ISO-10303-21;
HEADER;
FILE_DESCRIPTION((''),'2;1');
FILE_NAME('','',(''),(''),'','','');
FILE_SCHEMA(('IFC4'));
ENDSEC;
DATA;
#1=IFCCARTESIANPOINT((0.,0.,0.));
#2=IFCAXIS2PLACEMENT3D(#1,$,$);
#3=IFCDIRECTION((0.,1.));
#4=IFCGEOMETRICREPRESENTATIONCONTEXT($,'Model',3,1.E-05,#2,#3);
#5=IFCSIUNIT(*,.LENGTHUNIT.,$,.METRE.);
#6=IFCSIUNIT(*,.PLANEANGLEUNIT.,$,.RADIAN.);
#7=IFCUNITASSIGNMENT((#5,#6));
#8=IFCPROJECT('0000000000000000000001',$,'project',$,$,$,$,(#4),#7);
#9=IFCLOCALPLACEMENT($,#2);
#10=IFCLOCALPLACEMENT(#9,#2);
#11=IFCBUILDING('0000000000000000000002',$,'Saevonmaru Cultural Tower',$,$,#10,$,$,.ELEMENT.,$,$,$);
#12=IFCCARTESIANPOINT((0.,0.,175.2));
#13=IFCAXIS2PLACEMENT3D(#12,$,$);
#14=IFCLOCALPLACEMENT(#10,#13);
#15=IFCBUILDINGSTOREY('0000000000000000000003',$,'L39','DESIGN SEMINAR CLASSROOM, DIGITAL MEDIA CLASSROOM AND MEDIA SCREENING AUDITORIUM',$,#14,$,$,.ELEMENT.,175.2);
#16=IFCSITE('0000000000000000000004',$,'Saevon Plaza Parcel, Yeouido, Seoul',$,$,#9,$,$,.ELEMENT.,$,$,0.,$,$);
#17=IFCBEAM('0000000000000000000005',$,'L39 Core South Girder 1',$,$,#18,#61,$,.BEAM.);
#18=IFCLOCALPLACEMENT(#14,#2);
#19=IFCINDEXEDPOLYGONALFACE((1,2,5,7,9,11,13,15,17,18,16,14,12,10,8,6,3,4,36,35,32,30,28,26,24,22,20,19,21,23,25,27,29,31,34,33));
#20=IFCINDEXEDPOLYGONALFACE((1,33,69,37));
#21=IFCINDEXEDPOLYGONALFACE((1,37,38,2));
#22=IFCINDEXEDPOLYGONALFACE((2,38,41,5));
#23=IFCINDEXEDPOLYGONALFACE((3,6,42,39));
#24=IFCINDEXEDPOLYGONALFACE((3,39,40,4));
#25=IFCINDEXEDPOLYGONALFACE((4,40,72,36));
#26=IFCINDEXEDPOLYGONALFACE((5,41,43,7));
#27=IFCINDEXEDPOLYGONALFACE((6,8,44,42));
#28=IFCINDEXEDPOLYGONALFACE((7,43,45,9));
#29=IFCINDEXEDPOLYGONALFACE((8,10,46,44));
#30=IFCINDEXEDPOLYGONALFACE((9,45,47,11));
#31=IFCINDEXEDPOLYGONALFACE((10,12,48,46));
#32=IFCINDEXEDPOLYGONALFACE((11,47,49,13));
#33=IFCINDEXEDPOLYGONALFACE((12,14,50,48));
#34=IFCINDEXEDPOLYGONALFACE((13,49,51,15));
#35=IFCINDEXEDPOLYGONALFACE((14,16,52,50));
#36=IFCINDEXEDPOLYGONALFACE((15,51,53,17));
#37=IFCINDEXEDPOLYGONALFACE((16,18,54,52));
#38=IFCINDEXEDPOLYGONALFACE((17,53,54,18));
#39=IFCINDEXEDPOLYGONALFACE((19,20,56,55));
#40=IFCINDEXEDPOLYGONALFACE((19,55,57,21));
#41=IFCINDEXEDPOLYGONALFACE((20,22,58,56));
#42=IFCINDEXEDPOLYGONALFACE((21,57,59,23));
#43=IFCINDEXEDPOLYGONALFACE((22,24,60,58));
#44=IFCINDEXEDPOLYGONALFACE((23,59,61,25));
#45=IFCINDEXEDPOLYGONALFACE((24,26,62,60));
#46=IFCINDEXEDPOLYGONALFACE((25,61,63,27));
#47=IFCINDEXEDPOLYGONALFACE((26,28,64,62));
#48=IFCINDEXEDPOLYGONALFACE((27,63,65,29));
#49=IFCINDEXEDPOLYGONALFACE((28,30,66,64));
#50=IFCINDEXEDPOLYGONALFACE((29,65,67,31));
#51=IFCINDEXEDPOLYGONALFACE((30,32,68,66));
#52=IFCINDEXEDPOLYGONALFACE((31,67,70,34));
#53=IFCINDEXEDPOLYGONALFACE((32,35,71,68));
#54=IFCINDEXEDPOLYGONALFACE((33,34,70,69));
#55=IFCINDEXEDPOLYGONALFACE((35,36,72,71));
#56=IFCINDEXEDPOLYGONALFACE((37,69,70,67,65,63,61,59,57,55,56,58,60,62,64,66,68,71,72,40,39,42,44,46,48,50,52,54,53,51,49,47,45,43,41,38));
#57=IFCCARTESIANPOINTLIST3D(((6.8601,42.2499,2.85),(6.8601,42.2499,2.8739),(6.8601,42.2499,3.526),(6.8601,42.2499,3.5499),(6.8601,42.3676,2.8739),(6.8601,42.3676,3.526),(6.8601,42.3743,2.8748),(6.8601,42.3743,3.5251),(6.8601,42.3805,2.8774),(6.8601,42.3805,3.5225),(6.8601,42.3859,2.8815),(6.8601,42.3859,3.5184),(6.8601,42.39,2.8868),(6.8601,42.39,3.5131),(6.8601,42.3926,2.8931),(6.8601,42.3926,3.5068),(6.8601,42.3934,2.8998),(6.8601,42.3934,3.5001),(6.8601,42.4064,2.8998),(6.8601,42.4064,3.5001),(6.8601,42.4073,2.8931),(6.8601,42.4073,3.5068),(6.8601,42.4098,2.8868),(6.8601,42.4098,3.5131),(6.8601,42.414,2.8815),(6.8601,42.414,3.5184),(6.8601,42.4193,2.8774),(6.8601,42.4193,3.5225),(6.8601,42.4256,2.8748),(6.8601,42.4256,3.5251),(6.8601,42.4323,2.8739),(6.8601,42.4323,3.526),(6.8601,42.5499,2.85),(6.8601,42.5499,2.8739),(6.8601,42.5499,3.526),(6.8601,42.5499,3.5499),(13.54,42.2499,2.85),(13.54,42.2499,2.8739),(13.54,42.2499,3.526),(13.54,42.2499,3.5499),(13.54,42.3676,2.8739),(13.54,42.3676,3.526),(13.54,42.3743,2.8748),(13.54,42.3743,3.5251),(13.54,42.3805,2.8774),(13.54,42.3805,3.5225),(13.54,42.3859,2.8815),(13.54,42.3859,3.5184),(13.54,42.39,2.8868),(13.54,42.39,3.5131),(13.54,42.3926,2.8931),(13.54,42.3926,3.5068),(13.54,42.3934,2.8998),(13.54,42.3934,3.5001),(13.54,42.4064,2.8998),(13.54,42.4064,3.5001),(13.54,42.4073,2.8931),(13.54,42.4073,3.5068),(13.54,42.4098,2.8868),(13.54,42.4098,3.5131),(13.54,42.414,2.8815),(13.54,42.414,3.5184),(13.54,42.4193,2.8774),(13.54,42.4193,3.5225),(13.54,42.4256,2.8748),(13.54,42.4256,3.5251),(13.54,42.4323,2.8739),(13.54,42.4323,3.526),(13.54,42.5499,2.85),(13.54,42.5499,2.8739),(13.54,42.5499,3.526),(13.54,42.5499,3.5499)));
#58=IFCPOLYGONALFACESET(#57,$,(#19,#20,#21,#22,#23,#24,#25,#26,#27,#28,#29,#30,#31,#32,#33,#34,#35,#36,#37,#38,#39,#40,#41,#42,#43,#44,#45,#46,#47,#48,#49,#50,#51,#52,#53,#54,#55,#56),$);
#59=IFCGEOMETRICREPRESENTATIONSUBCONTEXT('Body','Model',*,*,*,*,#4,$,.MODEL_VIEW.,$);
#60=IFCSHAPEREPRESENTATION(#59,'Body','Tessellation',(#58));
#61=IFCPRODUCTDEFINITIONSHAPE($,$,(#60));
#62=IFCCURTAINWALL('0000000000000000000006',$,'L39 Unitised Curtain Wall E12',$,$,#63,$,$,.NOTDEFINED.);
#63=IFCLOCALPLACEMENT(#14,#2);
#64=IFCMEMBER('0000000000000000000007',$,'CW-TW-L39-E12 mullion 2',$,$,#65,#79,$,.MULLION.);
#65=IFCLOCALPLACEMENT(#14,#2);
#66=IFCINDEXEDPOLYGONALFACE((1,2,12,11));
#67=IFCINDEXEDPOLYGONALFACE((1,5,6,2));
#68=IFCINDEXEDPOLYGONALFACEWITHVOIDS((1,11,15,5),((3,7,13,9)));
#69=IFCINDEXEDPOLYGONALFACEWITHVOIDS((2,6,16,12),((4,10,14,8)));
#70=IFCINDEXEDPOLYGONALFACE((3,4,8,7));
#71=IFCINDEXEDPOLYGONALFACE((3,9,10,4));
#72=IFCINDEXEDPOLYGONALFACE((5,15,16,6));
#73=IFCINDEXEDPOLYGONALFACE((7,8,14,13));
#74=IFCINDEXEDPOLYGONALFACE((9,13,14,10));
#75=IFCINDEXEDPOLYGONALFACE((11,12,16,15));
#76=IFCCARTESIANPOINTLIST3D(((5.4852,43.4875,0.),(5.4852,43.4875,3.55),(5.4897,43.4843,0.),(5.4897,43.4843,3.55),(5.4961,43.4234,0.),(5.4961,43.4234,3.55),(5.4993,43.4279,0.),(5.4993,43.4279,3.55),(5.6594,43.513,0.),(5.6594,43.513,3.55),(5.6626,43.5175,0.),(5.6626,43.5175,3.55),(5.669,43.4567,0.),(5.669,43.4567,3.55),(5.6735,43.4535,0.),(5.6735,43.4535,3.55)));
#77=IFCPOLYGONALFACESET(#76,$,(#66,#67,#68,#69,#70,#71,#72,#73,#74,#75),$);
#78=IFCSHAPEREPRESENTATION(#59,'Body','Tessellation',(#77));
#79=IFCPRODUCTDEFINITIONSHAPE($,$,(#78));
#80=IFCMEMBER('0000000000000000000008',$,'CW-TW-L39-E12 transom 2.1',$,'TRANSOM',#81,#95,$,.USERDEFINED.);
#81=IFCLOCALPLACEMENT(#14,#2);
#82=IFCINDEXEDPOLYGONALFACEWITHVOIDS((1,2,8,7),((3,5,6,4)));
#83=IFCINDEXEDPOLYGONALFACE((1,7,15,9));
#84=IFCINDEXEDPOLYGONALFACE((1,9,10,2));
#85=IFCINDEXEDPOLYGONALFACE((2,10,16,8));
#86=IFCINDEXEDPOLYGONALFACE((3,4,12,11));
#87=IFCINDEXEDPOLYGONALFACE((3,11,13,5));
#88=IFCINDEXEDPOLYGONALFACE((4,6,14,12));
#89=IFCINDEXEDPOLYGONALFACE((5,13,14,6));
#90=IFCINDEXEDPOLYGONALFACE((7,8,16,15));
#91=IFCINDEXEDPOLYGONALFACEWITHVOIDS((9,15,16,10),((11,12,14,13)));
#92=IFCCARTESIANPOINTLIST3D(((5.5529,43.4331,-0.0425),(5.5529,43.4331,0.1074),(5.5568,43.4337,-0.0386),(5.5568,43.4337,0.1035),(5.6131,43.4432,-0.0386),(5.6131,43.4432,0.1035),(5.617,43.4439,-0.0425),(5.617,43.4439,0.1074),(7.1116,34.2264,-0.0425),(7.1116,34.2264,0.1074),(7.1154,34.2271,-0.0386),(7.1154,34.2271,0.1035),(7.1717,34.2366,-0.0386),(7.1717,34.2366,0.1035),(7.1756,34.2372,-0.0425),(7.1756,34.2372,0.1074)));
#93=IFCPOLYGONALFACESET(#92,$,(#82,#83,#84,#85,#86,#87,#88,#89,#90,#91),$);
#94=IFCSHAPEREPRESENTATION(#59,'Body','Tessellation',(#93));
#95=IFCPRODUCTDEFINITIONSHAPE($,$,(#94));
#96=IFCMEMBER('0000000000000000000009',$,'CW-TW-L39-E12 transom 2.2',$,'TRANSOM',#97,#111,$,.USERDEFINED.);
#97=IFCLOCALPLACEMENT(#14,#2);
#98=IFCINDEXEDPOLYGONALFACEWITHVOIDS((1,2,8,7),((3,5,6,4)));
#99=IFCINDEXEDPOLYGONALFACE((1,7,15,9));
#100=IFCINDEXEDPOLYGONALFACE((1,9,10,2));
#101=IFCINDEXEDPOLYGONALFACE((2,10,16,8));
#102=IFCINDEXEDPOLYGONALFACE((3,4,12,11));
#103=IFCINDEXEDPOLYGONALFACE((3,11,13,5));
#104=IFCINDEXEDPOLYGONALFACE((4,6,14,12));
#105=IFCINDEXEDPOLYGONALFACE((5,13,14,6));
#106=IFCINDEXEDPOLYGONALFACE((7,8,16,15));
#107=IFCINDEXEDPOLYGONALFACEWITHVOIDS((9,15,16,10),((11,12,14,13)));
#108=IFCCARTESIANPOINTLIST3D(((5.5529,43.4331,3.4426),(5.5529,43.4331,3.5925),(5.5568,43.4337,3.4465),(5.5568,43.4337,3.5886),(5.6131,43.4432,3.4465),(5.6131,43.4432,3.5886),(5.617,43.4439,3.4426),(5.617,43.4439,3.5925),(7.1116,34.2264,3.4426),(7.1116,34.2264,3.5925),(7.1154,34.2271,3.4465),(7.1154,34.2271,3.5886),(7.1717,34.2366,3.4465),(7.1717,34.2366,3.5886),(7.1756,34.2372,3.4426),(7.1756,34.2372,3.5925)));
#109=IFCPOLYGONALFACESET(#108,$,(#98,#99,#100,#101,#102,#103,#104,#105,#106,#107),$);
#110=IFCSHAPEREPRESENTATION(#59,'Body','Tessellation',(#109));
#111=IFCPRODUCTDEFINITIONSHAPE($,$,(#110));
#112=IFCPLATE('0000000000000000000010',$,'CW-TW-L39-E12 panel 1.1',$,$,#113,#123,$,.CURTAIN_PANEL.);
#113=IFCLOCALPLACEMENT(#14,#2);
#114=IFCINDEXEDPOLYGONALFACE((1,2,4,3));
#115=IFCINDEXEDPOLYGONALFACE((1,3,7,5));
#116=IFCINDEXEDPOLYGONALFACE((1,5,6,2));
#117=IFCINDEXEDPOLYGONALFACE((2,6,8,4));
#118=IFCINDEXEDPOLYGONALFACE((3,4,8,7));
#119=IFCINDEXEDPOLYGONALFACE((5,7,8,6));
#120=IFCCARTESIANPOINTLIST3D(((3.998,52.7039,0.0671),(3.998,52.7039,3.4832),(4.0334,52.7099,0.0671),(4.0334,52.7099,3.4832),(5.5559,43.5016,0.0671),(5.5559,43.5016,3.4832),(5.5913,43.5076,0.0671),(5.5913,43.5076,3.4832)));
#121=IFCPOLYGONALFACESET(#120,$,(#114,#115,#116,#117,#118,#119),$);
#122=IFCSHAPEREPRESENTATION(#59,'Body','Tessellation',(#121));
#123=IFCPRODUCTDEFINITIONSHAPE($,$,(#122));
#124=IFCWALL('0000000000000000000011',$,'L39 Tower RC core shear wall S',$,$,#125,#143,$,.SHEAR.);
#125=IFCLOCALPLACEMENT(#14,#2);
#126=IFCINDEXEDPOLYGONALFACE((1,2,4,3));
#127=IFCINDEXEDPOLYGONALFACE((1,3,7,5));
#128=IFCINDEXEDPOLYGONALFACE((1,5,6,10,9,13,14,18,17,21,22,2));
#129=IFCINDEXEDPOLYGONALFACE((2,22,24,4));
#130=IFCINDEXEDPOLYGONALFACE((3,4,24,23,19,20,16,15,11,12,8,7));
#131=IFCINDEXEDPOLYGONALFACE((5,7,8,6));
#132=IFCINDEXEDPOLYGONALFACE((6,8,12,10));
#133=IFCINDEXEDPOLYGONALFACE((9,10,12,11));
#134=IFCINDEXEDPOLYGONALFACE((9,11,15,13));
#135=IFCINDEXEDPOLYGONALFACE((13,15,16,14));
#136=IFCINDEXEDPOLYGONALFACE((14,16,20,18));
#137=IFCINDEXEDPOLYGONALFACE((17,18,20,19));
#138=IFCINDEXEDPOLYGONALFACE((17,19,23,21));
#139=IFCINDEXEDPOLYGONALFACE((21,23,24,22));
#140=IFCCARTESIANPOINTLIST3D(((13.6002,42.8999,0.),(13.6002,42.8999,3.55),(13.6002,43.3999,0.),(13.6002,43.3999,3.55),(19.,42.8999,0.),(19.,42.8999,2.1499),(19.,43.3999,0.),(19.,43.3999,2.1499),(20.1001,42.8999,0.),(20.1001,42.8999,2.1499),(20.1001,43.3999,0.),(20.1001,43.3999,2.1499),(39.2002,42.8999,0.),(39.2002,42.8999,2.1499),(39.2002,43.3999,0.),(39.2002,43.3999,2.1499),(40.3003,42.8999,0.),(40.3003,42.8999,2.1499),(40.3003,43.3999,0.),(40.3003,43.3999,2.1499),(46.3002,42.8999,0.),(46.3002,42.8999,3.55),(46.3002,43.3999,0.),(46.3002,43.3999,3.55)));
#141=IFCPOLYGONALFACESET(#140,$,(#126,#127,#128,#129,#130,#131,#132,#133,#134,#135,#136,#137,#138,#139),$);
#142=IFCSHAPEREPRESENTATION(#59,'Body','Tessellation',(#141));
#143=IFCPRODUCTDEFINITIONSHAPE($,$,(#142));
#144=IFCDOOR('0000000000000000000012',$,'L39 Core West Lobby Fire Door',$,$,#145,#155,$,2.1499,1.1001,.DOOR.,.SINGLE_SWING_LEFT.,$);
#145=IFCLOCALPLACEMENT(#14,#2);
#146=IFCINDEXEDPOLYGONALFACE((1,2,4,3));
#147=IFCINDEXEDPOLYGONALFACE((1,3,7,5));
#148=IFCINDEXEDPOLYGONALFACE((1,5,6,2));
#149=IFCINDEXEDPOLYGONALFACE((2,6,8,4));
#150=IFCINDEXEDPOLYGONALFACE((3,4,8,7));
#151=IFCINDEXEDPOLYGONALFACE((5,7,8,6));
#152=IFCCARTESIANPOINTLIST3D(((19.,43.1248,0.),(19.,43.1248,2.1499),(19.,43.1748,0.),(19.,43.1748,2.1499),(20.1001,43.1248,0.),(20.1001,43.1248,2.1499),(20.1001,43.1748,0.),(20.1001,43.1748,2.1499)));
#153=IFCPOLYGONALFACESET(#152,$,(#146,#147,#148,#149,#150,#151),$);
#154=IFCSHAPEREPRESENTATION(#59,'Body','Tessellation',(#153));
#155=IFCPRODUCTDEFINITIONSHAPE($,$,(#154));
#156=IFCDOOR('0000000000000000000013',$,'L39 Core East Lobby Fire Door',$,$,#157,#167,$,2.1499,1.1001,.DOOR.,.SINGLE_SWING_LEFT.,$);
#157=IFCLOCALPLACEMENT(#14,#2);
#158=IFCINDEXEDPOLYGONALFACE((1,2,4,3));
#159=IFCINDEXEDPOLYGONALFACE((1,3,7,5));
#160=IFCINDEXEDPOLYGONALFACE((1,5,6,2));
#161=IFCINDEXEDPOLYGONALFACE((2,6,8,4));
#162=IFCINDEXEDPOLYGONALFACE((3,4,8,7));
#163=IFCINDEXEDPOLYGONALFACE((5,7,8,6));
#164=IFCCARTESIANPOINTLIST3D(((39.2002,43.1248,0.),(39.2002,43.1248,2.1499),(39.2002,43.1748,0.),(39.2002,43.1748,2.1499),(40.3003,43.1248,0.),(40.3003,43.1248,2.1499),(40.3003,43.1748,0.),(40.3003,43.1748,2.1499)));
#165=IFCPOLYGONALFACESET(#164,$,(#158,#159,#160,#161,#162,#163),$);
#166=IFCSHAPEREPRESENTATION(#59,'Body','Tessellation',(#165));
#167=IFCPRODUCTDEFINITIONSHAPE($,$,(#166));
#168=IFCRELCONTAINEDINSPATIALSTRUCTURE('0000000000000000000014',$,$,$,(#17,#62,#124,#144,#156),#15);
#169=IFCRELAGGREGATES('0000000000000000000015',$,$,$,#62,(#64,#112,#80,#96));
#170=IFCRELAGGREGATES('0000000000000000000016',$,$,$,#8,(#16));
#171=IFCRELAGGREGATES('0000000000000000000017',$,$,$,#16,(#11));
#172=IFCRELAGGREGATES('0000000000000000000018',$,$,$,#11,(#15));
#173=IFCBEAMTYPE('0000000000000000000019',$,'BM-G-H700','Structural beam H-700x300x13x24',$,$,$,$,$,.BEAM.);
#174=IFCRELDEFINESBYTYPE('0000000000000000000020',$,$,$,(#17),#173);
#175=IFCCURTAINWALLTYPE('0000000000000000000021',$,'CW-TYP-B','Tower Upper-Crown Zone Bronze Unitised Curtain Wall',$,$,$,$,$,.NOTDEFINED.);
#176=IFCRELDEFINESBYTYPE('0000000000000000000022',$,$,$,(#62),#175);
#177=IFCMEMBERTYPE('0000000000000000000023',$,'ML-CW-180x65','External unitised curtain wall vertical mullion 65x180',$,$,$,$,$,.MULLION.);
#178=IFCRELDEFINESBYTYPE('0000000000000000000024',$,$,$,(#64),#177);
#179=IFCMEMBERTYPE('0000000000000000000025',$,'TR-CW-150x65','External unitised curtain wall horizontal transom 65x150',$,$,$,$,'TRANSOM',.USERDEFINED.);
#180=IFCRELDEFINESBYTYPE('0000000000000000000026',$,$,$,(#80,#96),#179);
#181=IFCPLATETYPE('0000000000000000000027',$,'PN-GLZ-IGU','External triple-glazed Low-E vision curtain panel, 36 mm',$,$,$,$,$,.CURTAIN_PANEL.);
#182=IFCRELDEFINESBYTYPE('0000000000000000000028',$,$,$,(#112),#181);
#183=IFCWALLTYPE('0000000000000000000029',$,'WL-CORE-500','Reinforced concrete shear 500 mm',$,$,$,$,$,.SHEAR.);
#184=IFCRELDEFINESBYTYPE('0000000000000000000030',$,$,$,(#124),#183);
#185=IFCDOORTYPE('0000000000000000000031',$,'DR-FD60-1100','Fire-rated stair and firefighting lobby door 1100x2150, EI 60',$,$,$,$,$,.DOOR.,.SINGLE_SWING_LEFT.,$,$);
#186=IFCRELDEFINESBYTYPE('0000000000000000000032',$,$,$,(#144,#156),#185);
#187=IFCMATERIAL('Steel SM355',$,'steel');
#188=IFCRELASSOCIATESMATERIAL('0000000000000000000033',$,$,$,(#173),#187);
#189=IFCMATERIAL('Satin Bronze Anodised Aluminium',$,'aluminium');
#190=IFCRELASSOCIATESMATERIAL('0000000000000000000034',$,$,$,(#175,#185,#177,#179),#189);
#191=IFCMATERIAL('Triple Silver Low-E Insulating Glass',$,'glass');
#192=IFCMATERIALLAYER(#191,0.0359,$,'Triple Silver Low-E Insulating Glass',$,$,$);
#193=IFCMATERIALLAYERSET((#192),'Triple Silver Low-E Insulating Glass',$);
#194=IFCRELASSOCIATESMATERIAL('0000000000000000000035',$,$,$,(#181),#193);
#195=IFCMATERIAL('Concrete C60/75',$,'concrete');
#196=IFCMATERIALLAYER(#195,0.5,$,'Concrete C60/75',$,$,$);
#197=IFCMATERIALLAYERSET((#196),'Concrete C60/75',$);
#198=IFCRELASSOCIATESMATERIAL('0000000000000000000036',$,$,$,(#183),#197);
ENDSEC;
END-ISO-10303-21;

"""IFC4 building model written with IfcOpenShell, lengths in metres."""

from ifc_helpers import new_model, si_unit, direction, frame, frame_2d, origin, origin_2d, place, context, subcontext, project, spatial, rectangle, hollow_rectangle, i_section, extrude, material, layer, layer_set, material_profile, profile_set, type_object, element, fill, aggregate, save


model = new_model("IFC4")

# Units and contexts
model_context = context("Model", 3, precision=1e-05, world=origin(), true_north=direction((0.0, 1.0)))
body_context = subcontext(model_context, "Body", "Model", "MODEL_VIEW")
ifc_project = project(units=[si_unit("LENGTHUNIT", "METRE"), si_unit("PLANEANGLEUNIT", "RADIAN")], contexts=[model_context])

# Site, building, storey
site_placement = place(None, origin())
site = spatial("IfcSite", under=ifc_project, at=site_placement, Name="Saevon Plaza Parcel, Yeouido, Seoul", CompositionType="ELEMENT", RefElevation=0.0)
building_placement = place(site_placement, origin())
building = spatial("IfcBuilding", under=site, at=building_placement, Name="Saevonmaru Cultural Tower", CompositionType="ELEMENT")
storey_placement = place(building_placement, frame((0.0, 0.0, 175.2)))
storey = spatial("IfcBuildingStorey", under=building, at=storey_placement, Name="L39", Description="DESIGN SEMINAR CLASSROOM, DIGITAL MEDIA CLASSROOM AND MEDIA SCREENING AUDITORIUM", CompositionType="ELEMENT", Elevation=175.2)

# Beam
ifc_material_1 = material(Name="Steel SM355", Category="steel")
ifc_material_profile_1 = material_profile(ifc_material_1, i_section(OverallWidth=0.3, OverallDepth=0.7, WebThickness=0.0129, FlangeThickness=0.0239, FilletRadius=0.0259, at=origin_2d()), Name="H-700x300x13x24")
ifc_profile_set_1 = profile_set([ifc_material_profile_1], Name="Steel SM355")
beam_type = type_object("IfcBeamType", Name="BM-G-H700", Description="Structural beam H-700x300x13x24", PredefinedType="BEAM", material=ifc_profile_set_1)
beam_placement = place(storey_placement, frame((6.8601, 42.3999, 3.2), z_axis=(1.0, 0.0, 0.0), x_axis=(0.0, 1.0, 0.0)))
element("IfcBeam", 1, at=beam_placement, inside=storey, type_object=beam_type, Name="L39 Core South Girder 1", PredefinedType="BEAM", context=body_context, shape_type="SweptSolid", body=[
    extrude(i_section(OverallWidth=0.3, OverallDepth=0.7, WebThickness=0.0129, FlangeThickness=0.0239, FilletRadius=0.0259, at=origin_2d()), origin(), (0.0, 0.0, 1.0), 6.6799),
])

# Curtain wall, members, plate
ifc_material_2 = material(Name="Satin Bronze Anodised Aluminium", Category="aluminium")
curtain_wall_type = type_object("IfcCurtainWallType", Name="CW-TYP-B", Description="Tower Upper-Crown Zone Bronze Unitised Curtain Wall", PredefinedType="NOTDEFINED", material=ifc_material_2)
curtain_wall_placement = place(storey_placement, origin())
curtain_wall = element("IfcCurtainWall", 2, at=curtain_wall_placement, inside=storey, type_object=curtain_wall_type, Name="L39 Unitised Curtain Wall E12", PredefinedType="NOTDEFINED")
ifc_material_profile_2 = material_profile(ifc_material_2, hollow_rectangle(XDim=0.0649, YDim=0.1799, WallThickness=0.0039, at=origin_2d()), Name="ALU-MULL-180x65x4")
ifc_profile_set_2 = profile_set([ifc_material_profile_2], Name="Satin Bronze Anodised Aluminium")
member_type_1 = type_object("IfcMemberType", Name="ML-CW-180x65", Description="External unitised curtain wall vertical mullion 65x180", PredefinedType="MULLION", material=ifc_profile_set_2)
member_1_placement = place(storey_placement, frame((5.5793, 43.4705, 0.0), z_axis=(0.0, 0.0, 1.0), x_axis=(0.166922, -0.98597, 0.0)))
member_1 = element("IfcMember", 3, at=member_1_placement, type_object=member_type_1, Name="CW-TW-L39-E12 mullion 2", PredefinedType="MULLION", context=body_context, shape_type="SweptSolid", body=[
    extrude(hollow_rectangle(XDim=0.0649, YDim=0.1799, WallThickness=0.0039, at=origin_2d()), origin(), (0.0, 0.0, 1.0), 3.55),
])
ifc_material_profile_3 = material_profile(ifc_material_2, hollow_rectangle(XDim=0.0649, YDim=0.1499, WallThickness=0.0039, at=origin_2d()), Name="ALU-TRAN-150x65x4")
ifc_profile_set_3 = profile_set([ifc_material_profile_3], Name="Satin Bronze Anodised Aluminium")
member_type_2 = type_object("IfcMemberType", Name="TR-CW-150x65", Description="External unitised curtain wall horizontal transom 65x150", ElementType="TRANSOM", PredefinedType="USERDEFINED", material=ifc_profile_set_3)
member_2_placement = place(storey_placement, frame((5.585, 43.4385, 0.0325), z_axis=(0.166917, -0.985971, 0.0), x_axis=(0.985971, 0.166917, 0.0)))
member_2 = element("IfcMember", 4, at=member_2_placement, type_object=member_type_2, Name="CW-TW-L39-E12 transom 2.1", ObjectType="TRANSOM", PredefinedType="USERDEFINED", context=body_context, shape_type="SweptSolid", body=[
    extrude(hollow_rectangle(XDim=0.0649, YDim=0.1499, WallThickness=0.0039, at=origin_2d()), origin(), (0.0, 0.0, 1.0), 9.3376),
])
member_3_placement = place(storey_placement, frame((5.585, 43.4385, 3.5176), z_axis=(0.166917, -0.985971, 0.0), x_axis=(0.985971, 0.166917, 0.0)))
member_3 = element("IfcMember", 5, at=member_3_placement, type_object=member_type_2, Name="CW-TW-L39-E12 transom 2.2", ObjectType="TRANSOM", PredefinedType="USERDEFINED", context=body_context, shape_type="SweptSolid", body=[
    extrude(hollow_rectangle(XDim=0.0649, YDim=0.1499, WallThickness=0.0039, at=origin_2d()), origin(), (0.0, 0.0, 1.0), 9.3376),
])
ifc_material_3 = material(Name="Triple Silver Low-E Insulating Glass", Category="glass")
ifc_layer_1 = layer(ifc_material_3, 0.0359, Name="Triple Silver Low-E Insulating Glass")
ifc_layer_set_1 = layer_set([ifc_layer_1], Name="Triple Silver Low-E Insulating Glass")
plate_type = type_object("IfcPlateType", Name="PN-GLZ-IGU", Description="External triple-glazed Low-E vision curtain panel, 36 mm", PredefinedType="CURTAIN_PANEL", material=ifc_layer_set_1)
plate_placement = place(storey_placement, frame((4.7947, 48.1057, 0.0671), z_axis=(0.0, 0.0, 1.0), x_axis=(0.166922, -0.98597, 0.0)))
plate = element("IfcPlate", 6, at=plate_placement, type_object=plate_type, Name="CW-TW-L39-E12 panel 1.1", PredefinedType="CURTAIN_PANEL", context=body_context, shape_type="SweptSolid", body=[
    extrude(rectangle(XDim=9.3333, YDim=0.0359, at=origin_2d()), origin(), (0.0, 0.0, 1.0), 3.416),
])
aggregate(curtain_wall, [member_1, plate, member_2, member_3])

# Wall, openings, doors
ifc_material_4 = material(Name="Concrete C60/75", Category="concrete")
ifc_layer_2 = layer(ifc_material_4, 0.5, Name="Concrete C60/75")
ifc_layer_set_2 = layer_set([ifc_layer_2], Name="Concrete C60/75")
wall_type_1 = type_object("IfcWallType", Name="WL-CORE-500", Description="Reinforced concrete shear 500 mm", PredefinedType="SHEAR", material=ifc_layer_set_2)
wall_1_placement = place(storey_placement, frame((13.6001, 43.1499, 0.0), z_axis=(0.0, 0.0, 1.0), x_axis=(1.0, 0.0, 0.0)))
wall_1 = element("IfcWall", 7, at=wall_1_placement, inside=storey, type_object=wall_type_1, Name="L39 Tower RC core shear wall S", PredefinedType="SHEAR", context=body_context, shape_type="SweptSolid", body=[
    extrude(rectangle(XDim=32.7, YDim=0.5, at=frame_2d((16.3501, 0.0))), origin(), (0.0, 0.0, 1.0), 3.55),
])
opening_1_placement = place(wall_1_placement, frame((5.3999, 0.0, 0.0)))
opening_1 = element("IfcOpeningElement", 8, at=opening_1_placement, cuts=wall_1, PredefinedType="OPENING", context=body_context, shape_type="SweptSolid", body=[
    extrude(rectangle(XDim=1.1001, YDim=2.1499, at=frame_2d((0.55, 1.075))), frame((0.0, 0.26, 0.0), z_axis=(0.0, -1.0, 0.0), x_axis=(1.0, 0.0, 0.0)), (0.0, 0.0, 1.0), 0.52),
])
opening_2_placement = place(wall_1_placement, frame((25.6001, 0.0, 0.0)))
opening_2 = element("IfcOpeningElement", 9, at=opening_2_placement, cuts=wall_1, PredefinedType="OPENING", context=body_context, shape_type="SweptSolid", body=[
    extrude(rectangle(XDim=1.1001, YDim=2.1499, at=frame_2d((0.55, 1.075))), frame((0.0, 0.26, 0.0), z_axis=(0.0, -1.0, 0.0), x_axis=(1.0, 0.0, 0.0)), (0.0, 0.0, 1.0), 0.52),
])
door_type = type_object("IfcDoorType", Name="DR-FD60-1100", Description="Fire-rated stair and firefighting lobby door 1100x2150, EI 60", OperationType="SINGLE_SWING_LEFT", PredefinedType="DOOR", material=ifc_material_2)
door_1_placement = place(opening_1_placement, origin())
door_1 = element("IfcDoor", 10, at=door_1_placement, inside=storey, type_object=door_type, Name="L39 Core West Lobby Fire Door", OperationType="SINGLE_SWING_LEFT", OverallHeight=2.1499, OverallWidth=1.1001, PredefinedType="DOOR", context=body_context, shape_type="SweptSolid", body=[
    extrude(rectangle(XDim=1.1001, YDim=2.1499, at=frame_2d((0.55, 1.075))), frame((0.0, 0.0249, 0.0), z_axis=(0.0, -1.0, 0.0), x_axis=(1.0, 0.0, 0.0)), (0.0, 0.0, 1.0), 0.05),
])
fill(opening_1, door_1)
door_2_placement = place(opening_2_placement, origin())
door_2 = element("IfcDoor", 11, at=door_2_placement, inside=storey, type_object=door_type, Name="L39 Core East Lobby Fire Door", OperationType="SINGLE_SWING_LEFT", OverallHeight=2.1499, OverallWidth=1.1001, PredefinedType="DOOR", context=body_context, shape_type="SweptSolid", body=[
    extrude(rectangle(XDim=1.1001, YDim=2.1499, at=frame_2d((0.55, 1.075))), frame((0.0, 0.0249, 0.0), z_axis=(0.0, -1.0, 0.0), x_axis=(1.0, 0.0, 0.0)), (0.0, 0.0, 1.0), 0.05),
])
fill(opening_2, door_2)

save(model, "model.ifc")
